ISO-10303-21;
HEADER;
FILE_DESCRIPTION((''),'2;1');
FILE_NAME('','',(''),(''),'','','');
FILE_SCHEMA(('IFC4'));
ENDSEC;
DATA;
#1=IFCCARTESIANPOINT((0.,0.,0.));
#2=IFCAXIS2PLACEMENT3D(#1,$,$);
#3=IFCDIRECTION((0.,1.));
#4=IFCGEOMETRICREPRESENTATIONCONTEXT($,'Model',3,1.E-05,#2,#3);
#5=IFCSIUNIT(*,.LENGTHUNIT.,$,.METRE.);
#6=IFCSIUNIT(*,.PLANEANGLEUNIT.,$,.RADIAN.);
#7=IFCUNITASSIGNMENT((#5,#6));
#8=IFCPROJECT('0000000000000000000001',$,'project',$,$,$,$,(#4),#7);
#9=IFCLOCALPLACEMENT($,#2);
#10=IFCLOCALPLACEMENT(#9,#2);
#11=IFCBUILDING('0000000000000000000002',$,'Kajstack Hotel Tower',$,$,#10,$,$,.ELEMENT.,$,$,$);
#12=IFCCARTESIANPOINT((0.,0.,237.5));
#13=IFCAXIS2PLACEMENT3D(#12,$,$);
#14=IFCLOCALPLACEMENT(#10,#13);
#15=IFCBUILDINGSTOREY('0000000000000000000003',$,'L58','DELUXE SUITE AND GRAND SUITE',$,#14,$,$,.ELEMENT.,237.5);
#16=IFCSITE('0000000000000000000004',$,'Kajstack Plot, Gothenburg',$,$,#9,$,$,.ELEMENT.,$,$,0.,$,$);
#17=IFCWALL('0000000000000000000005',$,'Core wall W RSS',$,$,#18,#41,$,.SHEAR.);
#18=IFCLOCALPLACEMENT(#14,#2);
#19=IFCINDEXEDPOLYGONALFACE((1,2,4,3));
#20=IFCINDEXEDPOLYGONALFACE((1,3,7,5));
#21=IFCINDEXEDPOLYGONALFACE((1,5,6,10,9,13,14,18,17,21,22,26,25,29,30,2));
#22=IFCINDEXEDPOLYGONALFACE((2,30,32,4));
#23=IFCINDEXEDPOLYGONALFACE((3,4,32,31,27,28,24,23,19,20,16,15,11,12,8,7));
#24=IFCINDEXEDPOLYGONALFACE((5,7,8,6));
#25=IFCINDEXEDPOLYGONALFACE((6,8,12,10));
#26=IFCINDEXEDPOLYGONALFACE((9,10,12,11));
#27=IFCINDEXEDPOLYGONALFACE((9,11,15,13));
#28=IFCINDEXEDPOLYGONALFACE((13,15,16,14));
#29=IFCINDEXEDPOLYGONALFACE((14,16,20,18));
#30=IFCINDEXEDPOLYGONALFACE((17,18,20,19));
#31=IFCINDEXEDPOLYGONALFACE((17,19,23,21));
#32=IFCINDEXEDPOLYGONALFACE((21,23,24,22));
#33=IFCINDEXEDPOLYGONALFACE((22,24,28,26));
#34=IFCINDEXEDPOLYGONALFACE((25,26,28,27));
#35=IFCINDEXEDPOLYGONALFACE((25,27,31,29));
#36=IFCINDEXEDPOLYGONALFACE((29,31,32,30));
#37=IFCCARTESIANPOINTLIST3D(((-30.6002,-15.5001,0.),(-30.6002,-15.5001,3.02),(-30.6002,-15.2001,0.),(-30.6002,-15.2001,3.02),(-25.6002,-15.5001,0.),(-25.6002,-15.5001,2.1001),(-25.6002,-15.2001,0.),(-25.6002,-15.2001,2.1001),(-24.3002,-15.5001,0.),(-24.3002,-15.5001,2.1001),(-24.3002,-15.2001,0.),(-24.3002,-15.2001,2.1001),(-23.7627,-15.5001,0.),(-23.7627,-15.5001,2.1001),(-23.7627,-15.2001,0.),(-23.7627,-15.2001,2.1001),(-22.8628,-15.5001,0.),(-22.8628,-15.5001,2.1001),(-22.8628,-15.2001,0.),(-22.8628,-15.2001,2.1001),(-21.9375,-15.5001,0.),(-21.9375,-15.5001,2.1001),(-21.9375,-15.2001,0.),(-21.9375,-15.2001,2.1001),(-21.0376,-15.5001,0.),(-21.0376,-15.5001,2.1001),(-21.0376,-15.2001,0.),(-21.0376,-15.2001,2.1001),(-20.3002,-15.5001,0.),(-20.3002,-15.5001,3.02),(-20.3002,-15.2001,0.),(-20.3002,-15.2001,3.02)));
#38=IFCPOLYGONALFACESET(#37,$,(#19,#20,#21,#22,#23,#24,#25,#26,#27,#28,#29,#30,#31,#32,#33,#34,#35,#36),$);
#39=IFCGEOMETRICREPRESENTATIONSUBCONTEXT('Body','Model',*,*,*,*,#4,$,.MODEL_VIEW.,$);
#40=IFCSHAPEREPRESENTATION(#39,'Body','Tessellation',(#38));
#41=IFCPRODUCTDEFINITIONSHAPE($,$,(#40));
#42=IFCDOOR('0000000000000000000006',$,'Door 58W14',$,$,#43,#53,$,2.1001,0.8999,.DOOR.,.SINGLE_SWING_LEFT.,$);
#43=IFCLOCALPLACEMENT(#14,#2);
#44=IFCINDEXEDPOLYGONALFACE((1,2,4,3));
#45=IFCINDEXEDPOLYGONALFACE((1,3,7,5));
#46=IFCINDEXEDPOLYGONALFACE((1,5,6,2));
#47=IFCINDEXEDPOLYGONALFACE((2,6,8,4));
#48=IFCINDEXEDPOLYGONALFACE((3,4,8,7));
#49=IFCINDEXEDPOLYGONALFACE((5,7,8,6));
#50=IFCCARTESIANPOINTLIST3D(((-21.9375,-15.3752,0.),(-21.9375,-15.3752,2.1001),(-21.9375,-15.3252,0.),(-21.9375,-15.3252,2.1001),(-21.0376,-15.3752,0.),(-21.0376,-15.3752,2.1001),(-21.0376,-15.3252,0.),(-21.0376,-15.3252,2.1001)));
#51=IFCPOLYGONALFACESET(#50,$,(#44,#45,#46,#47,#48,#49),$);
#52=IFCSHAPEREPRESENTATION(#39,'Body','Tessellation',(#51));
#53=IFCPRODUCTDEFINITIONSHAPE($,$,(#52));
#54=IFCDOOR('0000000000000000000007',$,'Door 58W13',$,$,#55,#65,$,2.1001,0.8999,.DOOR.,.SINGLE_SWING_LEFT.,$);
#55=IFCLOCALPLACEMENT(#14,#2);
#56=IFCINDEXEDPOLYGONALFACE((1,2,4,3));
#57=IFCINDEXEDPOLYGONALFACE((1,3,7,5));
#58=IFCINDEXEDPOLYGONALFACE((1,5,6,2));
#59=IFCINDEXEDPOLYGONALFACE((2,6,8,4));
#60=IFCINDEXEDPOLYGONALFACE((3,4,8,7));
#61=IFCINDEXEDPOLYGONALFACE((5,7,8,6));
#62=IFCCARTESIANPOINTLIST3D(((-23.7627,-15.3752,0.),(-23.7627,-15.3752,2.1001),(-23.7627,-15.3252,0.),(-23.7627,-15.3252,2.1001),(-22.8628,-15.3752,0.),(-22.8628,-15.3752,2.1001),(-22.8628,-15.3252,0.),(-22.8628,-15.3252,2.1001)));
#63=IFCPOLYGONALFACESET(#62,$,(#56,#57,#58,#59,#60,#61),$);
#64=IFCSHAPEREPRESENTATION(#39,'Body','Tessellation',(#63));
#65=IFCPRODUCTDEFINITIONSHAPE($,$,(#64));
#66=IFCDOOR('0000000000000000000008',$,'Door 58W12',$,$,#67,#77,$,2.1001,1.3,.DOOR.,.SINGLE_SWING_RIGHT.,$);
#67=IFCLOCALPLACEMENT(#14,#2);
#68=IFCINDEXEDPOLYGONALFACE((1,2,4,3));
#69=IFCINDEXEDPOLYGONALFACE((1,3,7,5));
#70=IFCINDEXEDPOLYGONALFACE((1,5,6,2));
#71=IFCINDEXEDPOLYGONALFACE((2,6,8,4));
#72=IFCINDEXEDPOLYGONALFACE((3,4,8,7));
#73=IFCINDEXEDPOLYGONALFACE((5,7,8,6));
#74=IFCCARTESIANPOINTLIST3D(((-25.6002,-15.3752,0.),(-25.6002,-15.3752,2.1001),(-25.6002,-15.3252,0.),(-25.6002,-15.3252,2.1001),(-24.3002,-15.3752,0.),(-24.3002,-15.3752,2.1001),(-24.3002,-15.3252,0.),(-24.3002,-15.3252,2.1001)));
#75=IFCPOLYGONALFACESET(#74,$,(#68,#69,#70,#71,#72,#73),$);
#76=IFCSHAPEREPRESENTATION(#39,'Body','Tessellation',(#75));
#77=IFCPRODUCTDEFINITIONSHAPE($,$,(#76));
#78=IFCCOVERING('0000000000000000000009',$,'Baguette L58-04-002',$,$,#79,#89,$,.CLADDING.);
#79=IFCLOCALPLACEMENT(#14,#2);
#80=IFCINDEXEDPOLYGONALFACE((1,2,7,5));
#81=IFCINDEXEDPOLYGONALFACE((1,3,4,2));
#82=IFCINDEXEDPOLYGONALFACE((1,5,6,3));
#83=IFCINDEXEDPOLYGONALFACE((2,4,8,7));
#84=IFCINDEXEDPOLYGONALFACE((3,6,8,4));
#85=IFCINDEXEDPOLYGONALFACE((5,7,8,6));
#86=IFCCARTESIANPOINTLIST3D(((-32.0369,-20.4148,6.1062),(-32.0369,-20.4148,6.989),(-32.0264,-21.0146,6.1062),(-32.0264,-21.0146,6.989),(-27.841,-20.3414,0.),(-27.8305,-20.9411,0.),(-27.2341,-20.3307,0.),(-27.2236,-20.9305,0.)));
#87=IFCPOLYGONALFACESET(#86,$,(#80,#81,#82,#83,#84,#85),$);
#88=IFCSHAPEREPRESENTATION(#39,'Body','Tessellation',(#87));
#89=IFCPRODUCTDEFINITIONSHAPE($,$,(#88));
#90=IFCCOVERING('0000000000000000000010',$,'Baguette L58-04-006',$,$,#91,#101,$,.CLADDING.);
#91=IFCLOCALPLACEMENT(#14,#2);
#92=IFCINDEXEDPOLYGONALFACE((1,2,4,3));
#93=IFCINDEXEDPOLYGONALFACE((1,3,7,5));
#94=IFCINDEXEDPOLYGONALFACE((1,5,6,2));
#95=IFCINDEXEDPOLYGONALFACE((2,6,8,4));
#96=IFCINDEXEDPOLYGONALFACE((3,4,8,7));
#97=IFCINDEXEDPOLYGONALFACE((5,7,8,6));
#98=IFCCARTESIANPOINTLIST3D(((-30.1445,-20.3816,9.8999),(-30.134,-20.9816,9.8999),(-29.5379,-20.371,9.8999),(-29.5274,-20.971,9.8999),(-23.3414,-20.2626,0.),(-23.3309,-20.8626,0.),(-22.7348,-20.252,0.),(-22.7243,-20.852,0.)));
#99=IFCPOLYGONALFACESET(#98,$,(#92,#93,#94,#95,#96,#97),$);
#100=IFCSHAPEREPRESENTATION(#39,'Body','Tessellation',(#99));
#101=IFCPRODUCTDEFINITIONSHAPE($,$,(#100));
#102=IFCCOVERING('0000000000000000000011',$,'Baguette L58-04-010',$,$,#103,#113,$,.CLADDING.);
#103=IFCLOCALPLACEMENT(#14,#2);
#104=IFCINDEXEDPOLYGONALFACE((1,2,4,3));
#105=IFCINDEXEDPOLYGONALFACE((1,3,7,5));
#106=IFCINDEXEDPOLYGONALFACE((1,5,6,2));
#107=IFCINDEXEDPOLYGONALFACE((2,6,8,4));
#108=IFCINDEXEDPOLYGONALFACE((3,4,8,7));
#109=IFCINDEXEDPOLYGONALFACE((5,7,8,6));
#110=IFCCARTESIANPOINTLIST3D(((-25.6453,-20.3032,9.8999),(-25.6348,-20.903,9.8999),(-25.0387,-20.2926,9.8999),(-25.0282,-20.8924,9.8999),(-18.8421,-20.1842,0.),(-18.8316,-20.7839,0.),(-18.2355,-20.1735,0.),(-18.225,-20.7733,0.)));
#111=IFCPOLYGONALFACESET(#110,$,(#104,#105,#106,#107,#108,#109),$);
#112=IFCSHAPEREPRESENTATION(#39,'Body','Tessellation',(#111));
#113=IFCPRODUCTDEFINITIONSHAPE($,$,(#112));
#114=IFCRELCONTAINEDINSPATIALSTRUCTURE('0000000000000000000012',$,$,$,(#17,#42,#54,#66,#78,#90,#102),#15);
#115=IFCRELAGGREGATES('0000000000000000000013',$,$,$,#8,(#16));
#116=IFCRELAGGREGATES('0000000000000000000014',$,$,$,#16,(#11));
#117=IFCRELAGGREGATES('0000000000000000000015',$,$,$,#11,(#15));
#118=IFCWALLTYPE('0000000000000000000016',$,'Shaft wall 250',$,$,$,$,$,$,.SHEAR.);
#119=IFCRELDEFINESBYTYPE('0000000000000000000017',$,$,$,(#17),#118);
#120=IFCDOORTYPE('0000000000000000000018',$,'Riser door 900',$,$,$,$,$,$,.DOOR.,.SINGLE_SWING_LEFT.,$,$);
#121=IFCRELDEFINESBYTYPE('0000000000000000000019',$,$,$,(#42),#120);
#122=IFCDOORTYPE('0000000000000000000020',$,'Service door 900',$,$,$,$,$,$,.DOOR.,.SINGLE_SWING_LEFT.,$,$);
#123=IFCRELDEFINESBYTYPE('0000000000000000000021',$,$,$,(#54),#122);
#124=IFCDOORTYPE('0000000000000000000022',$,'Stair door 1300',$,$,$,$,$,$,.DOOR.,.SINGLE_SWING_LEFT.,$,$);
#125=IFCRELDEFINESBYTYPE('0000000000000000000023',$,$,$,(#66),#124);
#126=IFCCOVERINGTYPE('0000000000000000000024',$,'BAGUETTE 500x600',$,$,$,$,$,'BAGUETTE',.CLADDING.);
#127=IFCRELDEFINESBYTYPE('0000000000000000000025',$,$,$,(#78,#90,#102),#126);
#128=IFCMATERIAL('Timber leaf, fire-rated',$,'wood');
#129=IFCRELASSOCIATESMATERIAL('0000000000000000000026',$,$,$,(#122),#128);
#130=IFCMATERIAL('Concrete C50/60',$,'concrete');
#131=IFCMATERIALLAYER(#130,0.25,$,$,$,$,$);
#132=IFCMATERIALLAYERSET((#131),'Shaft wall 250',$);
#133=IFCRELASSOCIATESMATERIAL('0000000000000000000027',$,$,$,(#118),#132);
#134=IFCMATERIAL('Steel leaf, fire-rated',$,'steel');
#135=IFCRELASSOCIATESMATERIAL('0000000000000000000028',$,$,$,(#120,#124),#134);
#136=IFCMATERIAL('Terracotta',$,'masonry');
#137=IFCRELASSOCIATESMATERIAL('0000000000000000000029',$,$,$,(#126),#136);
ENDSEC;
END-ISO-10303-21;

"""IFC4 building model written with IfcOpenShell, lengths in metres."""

from ifc_helpers import new_model, si_unit, direction, frame, frame_2d, origin, origin_2d, place, context, subcontext, project, spatial, polyline, rectangle, outline, extrude, material, layer, layer_set, material_profile, profile_set, type_object, element, fill, save


model = new_model("IFC4")

# Units and contexts
model_context = context("Model", 3, precision=1e-05, world=origin(), true_north=direction((0.0, 1.0)))
body_context = subcontext(model_context, "Body", "Model", "MODEL_VIEW")
ifc_project = project(units=[si_unit("LENGTHUNIT", "METRE"), si_unit("PLANEANGLEUNIT", "RADIAN")], contexts=[model_context])

# Site, building, storey
site_placement = place(None, origin())
site = spatial("IfcSite", under=ifc_project, at=site_placement, Name="Kajstack Plot, Gothenburg", CompositionType="ELEMENT", RefElevation=0.0)
building_placement = place(site_placement, origin())
building = spatial("IfcBuilding", under=site, at=building_placement, Name="Kajstack Hotel Tower", CompositionType="ELEMENT")
storey_placement = place(building_placement, frame((0.0, 0.0, 237.5)))
storey = spatial("IfcBuildingStorey", under=building, at=storey_placement, Name="L58", Description="DELUXE SUITE AND GRAND SUITE", CompositionType="ELEMENT", Elevation=237.5)

# Shared definitions
ifc_material_1 = material(Name="Timber leaf, fire-rated", Category="wood")
door_type_1 = type_object("IfcDoorType", Name="Service door 900", OperationType="SINGLE_SWING_LEFT", PredefinedType="DOOR", material=ifc_material_1)

# Wall, openings, doors
ifc_material_2 = material(Name="Concrete C50/60", Category="concrete")
ifc_layer_1 = layer(ifc_material_2, 0.25)
ifc_layer_set_1 = layer_set([ifc_layer_1], Name="Shaft wall 250")
wall_type_1 = type_object("IfcWallType", Name="Shaft wall 250", PredefinedType="SHEAR", material=ifc_layer_set_1)
wall_1_placement = place(storey_placement, frame((-30.6001, -15.3501, 0.0), z_axis=(0.0, 0.0, 1.0), x_axis=(1.0, 0.0, 0.0)))
wall_1 = element("IfcWall", 1, at=wall_1_placement, inside=storey, type_object=wall_type_1, Name="Core wall W RSS", PredefinedType="SHEAR", context=body_context, shape_type="SweptSolid", body=[
    extrude(rectangle(XDim=10.3, YDim=0.3, at=frame_2d((5.1499, 0.0))), origin(), (0.0, 0.0, 1.0), 3.02),
])
opening_1_placement = place(wall_1_placement, frame((5.0, 0.0, 0.0)))
opening_1 = element("IfcOpeningElement", 2, at=opening_1_placement, cuts=wall_1, PredefinedType="OPENING", context=body_context, shape_type="SweptSolid", body=[
    extrude(rectangle(XDim=1.3, YDim=2.1001, at=frame_2d((0.6499, 1.05))), frame((0.0, 0.1599, 0.0), z_axis=(0.0, -1.0, 0.0), x_axis=(1.0, 0.0, 0.0)), (0.0, 0.0, 1.0), 0.3201),
])
opening_2_placement = place(wall_1_placement, frame((6.8374, 0.0, 0.0)))
opening_2 = element("IfcOpeningElement", 3, at=opening_2_placement, cuts=wall_1, PredefinedType="OPENING", context=body_context, shape_type="SweptSolid", body=[
    extrude(rectangle(XDim=0.8999, YDim=2.1001, at=frame_2d((0.45, 1.05))), frame((0.0, 0.1599, 0.0), z_axis=(0.0, -1.0, 0.0), x_axis=(1.0, 0.0, 0.0)), (0.0, 0.0, 1.0), 0.3201),
])
opening_3_placement = place(wall_1_placement, frame((8.6626, 0.0, 0.0)))
opening_3 = element("IfcOpeningElement", 4, at=opening_3_placement, cuts=wall_1, PredefinedType="OPENING", context=body_context, shape_type="SweptSolid", body=[
    extrude(rectangle(XDim=0.8999, YDim=2.1001, at=frame_2d((0.45, 1.05))), frame((0.0, 0.1599, 0.0), z_axis=(0.0, -1.0, 0.0), x_axis=(1.0, 0.0, 0.0)), (0.0, 0.0, 1.0), 0.3201),
])
ifc_material_3 = material(Name="Steel leaf, fire-rated", Category="steel")
door_type_2 = type_object("IfcDoorType", Name="Riser door 900", OperationType="SINGLE_SWING_LEFT", PredefinedType="DOOR", material=ifc_material_3)
door_1_placement = place(opening_3_placement, origin())
door_1 = element("IfcDoor", 5, at=door_1_placement, inside=storey, type_object=door_type_2, Name="Door 58W14", OperationType="SINGLE_SWING_LEFT", OverallHeight=2.1001, OverallWidth=0.8999, PredefinedType="DOOR", context=body_context, shape_type="SweptSolid", body=[
    extrude(rectangle(XDim=0.8999, YDim=2.1001, at=frame_2d((0.45, 1.05))), frame((0.0, 0.0249, 0.0), z_axis=(0.0, -1.0, 0.0), x_axis=(1.0, 0.0, 0.0)), (0.0, 0.0, 1.0), 0.05),
])
fill(opening_3, door_1)
door_2_placement = place(opening_2_placement, origin())
door_2 = element("IfcDoor", 6, at=door_2_placement, inside=storey, type_object=door_type_1, Name="Door 58W13", OperationType="SINGLE_SWING_LEFT", OverallHeight=2.1001, OverallWidth=0.8999, PredefinedType="DOOR", context=body_context, shape_type="SweptSolid", body=[
    extrude(rectangle(XDim=0.8999, YDim=2.1001, at=frame_2d((0.45, 1.05))), frame((0.0, 0.0249, 0.0), z_axis=(0.0, -1.0, 0.0), x_axis=(1.0, 0.0, 0.0)), (0.0, 0.0, 1.0), 0.05),
])
fill(opening_2, door_2)
door_type_3 = type_object("IfcDoorType", Name="Stair door 1300", OperationType="SINGLE_SWING_LEFT", PredefinedType="DOOR", material=ifc_material_3)
door_3_placement = place(opening_1_placement, origin())
door_3 = element("IfcDoor", 7, at=door_3_placement, inside=storey, type_object=door_type_3, Name="Door 58W12", OperationType="SINGLE_SWING_RIGHT", OverallHeight=2.1001, OverallWidth=1.3, PredefinedType="DOOR", context=body_context, shape_type="SweptSolid", body=[
    extrude(rectangle(XDim=1.3, YDim=2.1001, at=frame_2d((0.6499, 1.05))), frame((0.0, 0.0249, 0.0), z_axis=(0.0, -1.0, 0.0), x_axis=(1.0, 0.0, 0.0)), (0.0, 0.0, 1.0), 0.05),
])
fill(opening_1, door_3)

# Coverings
ifc_material_4 = material(Name="Terracotta", Category="masonry")
ifc_material_profile = material_profile(ifc_material_4, rectangle(XDim=0.6001, YDim=0.5, at=origin_2d()), Name="Terracotta-clad concrete baguette 500 x 600")
ifc_profile_set = profile_set([ifc_material_profile], Name="Terracotta")
covering_type = type_object("IfcCoveringType", Name="BAGUETTE 500x600", ElementType="BAGUETTE", PredefinedType="CLADDING", material=ifc_profile_set)
covering_1_placement = place(storey_placement, frame((-32.0369, -20.4148, 0.0), z_axis=(0.017498, -0.999847, 0.0), x_axis=(0.999847, 0.017498, 0.0)))
element("IfcCovering", 8, at=covering_1_placement, inside=storey, type_object=covering_type, Name="Baguette L58-04-002", PredefinedType="CLADDING", context=body_context, shape_type="SweptSolid", body=[
    extrude(outline(polyline([(4.8035, 0.0), (0.0, 6.989), (0.0, 6.1062), (4.1965, 0.0), (4.8035, 0.0)])), origin(), (0.0, 0.0, 1.0), 0.5999),
])
covering_2_placement = place(storey_placement, frame((-30.1445, -20.3816, 0.0), z_axis=(0.017491, -0.999847, 0.0), x_axis=(0.999847, 0.017491, 0.0)))
element("IfcCovering", 9, at=covering_2_placement, inside=storey, type_object=covering_type, Name="Baguette L58-04-006", PredefinedType="CLADDING", context=body_context, shape_type="SweptSolid", body=[
    extrude(outline(polyline([(0.0, 9.8999), (6.8042, 0.0), (7.4109, 0.0), (0.6067, 9.8999), (0.0, 9.8999)])), origin(), (0.0, 0.0, 1.0), 0.6001),
])
covering_3_placement = place(storey_placement, frame((-25.6453, -20.3032, 0.0), z_axis=(0.017498, -0.999847, 0.0), x_axis=(0.999847, 0.017498, 0.0)))
element("IfcCovering", 10, at=covering_3_placement, inside=storey, type_object=covering_type, Name="Baguette L58-04-010", PredefinedType="CLADDING", context=body_context, shape_type="SweptSolid", body=[
    extrude(outline(polyline([(0.0, 9.8999), (6.8042, 0.0), (7.4109, 0.0), (0.6067, 9.8999), (0.0, 9.8999)])), origin(), (0.0, 0.0, 1.0), 0.5999),
])

save(model, "model.ifc")
